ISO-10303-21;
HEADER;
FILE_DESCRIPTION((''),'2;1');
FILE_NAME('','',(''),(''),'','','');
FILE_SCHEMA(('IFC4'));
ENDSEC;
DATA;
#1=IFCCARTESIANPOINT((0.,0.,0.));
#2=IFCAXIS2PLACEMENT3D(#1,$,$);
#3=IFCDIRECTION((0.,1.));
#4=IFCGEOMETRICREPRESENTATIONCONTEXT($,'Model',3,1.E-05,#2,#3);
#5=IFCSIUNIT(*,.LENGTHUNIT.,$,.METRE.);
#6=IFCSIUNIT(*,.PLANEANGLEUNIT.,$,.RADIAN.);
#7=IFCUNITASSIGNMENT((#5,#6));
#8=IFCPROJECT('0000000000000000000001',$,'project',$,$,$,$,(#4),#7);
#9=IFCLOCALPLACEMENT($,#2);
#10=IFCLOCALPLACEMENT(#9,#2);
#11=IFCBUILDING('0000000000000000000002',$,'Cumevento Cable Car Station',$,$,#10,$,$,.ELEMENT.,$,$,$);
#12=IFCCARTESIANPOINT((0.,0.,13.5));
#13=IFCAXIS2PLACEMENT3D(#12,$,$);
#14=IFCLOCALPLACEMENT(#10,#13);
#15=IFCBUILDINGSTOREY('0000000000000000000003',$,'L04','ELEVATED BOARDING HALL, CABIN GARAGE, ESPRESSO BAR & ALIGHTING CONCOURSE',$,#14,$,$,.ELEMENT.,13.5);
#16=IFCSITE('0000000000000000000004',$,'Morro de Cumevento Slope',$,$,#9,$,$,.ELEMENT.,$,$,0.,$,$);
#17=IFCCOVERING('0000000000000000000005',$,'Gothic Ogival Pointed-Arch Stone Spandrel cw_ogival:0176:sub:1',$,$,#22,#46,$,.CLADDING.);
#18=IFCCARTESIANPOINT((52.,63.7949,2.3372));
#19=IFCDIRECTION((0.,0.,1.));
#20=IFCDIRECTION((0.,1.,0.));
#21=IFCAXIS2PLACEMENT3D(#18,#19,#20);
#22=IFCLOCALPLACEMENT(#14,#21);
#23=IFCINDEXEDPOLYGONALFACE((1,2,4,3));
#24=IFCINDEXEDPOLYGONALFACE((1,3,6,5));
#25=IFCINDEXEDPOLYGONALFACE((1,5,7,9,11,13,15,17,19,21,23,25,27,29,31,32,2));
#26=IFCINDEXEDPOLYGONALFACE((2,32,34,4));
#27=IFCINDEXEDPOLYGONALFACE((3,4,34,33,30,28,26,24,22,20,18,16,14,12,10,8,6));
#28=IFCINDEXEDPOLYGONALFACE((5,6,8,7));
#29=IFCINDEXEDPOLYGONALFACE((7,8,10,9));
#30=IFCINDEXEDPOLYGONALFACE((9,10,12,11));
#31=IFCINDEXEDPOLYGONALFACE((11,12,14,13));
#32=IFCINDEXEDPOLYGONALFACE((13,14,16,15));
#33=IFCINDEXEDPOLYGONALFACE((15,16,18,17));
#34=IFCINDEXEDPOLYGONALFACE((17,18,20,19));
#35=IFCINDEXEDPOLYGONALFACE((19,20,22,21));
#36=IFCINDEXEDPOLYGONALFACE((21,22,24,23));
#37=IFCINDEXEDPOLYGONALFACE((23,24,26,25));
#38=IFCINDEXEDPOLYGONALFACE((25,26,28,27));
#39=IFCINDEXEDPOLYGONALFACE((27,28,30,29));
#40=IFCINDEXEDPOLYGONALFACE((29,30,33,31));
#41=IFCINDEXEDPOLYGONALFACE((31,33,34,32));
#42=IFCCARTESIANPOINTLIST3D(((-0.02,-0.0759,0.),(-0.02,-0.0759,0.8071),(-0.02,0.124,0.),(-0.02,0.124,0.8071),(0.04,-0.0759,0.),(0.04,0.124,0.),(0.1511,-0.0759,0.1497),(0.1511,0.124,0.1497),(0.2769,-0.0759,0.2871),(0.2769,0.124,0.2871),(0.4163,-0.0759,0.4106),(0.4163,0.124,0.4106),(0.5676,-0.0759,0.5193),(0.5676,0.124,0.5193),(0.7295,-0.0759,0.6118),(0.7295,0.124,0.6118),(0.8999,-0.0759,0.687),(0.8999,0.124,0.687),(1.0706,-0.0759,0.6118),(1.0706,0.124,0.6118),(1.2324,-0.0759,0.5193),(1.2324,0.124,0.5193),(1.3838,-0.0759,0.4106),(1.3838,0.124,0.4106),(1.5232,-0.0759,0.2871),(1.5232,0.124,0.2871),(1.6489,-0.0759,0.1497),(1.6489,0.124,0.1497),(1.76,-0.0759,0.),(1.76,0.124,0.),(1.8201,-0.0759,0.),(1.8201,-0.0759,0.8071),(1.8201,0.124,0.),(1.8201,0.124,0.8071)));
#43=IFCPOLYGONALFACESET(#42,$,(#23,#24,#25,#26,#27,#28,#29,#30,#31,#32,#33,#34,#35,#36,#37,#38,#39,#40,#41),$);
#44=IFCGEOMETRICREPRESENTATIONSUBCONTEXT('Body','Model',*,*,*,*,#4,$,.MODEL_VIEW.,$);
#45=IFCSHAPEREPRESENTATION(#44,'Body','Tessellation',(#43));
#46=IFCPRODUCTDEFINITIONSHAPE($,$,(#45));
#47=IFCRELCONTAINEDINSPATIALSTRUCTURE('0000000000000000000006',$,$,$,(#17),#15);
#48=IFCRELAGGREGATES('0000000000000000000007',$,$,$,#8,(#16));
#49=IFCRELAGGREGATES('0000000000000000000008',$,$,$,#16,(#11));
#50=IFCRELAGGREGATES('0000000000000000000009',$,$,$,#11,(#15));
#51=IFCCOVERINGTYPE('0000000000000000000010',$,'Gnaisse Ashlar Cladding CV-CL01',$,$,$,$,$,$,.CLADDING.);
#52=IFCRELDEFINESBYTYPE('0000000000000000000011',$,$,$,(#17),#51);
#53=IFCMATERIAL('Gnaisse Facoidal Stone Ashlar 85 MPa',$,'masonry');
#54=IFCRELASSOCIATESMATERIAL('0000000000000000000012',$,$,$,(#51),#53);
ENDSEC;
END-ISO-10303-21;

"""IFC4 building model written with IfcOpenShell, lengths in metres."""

from ifc_helpers import new_model, si_unit, direction, frame, origin, place, context, subcontext, project, spatial, polyline, outline, extrude, material, type_object, element, save


model = new_model("IFC4")

# Units and contexts
model_context = context("Model", 3, precision=1e-05, world=origin(), true_north=direction((0.0, 1.0)))
body_context = subcontext(model_context, "Body", "Model", "MODEL_VIEW")
ifc_project = project(units=[si_unit("LENGTHUNIT", "METRE"), si_unit("PLANEANGLEUNIT", "RADIAN")], contexts=[model_context])

# Site, building, storey
site_placement = place(None, origin())
site = spatial("IfcSite", under=ifc_project, at=site_placement, Name="Morro de Cumevento Slope", CompositionType="ELEMENT", RefElevation=0.0)
building_placement = place(site_placement, origin())
building = spatial("IfcBuilding", under=site, at=building_placement, Name="Cumevento Cable Car Station", CompositionType="ELEMENT")
storey_placement = place(building_placement, frame((0.0, 0.0, 13.5)))
storey = spatial("IfcBuildingStorey", under=building, at=storey_placement, Name="L04", Description="ELEVATED BOARDING HALL, CABIN GARAGE, ESPRESSO BAR & ALIGHTING CONCOURSE", CompositionType="ELEMENT", Elevation=13.5)

# Covering
ifc_material_1 = material(Name="Gnaisse Facoidal Stone Ashlar 85 MPa", Category="masonry")
covering_type = type_object("IfcCoveringType", Name="Gnaisse Ashlar Cladding CV-CL01", PredefinedType="CLADDING", material=ifc_material_1)
covering_1_placement = place(storey_placement, frame((52.0, 63.7949, 2.3372), z_axis=(0.0, 0.0, 1.0), x_axis=(0.0, 1.0, 0.0)))
element("IfcCovering", 1, at=covering_1_placement, inside=storey, type_object=covering_type, Name="Gothic Ogival Pointed-Arch Stone Spandrel cw_ogival:0176:sub:1", PredefinedType="CLADDING", context=body_context, shape_type="SweptSolid", body=[
    extrude(outline(polyline([(-0.02, 0.0), (-0.02, 0.8071), (1.8201, 0.8071), (1.8201, 0.0), (1.76, 0.0), (1.6489, 0.1497), (1.5232, 0.2871), (1.3838, 0.4106), (1.2324, 0.5193), (1.0706, 0.6118), (0.8999, 0.687), (0.7295, 0.6118), (0.5676, 0.5193), (0.4163, 0.4106), (0.2769, 0.2871), (0.1511, 0.1497), (0.04, 0.0), (-0.02, 0.0)])), frame((0.0, 0.124, 0.0), z_axis=(0.0, -1.0, 0.0), x_axis=(1.0, 0.0, 0.0)), (0.0, 0.0, 1.0), 0.2),
])

save(model, "model.ifc")
